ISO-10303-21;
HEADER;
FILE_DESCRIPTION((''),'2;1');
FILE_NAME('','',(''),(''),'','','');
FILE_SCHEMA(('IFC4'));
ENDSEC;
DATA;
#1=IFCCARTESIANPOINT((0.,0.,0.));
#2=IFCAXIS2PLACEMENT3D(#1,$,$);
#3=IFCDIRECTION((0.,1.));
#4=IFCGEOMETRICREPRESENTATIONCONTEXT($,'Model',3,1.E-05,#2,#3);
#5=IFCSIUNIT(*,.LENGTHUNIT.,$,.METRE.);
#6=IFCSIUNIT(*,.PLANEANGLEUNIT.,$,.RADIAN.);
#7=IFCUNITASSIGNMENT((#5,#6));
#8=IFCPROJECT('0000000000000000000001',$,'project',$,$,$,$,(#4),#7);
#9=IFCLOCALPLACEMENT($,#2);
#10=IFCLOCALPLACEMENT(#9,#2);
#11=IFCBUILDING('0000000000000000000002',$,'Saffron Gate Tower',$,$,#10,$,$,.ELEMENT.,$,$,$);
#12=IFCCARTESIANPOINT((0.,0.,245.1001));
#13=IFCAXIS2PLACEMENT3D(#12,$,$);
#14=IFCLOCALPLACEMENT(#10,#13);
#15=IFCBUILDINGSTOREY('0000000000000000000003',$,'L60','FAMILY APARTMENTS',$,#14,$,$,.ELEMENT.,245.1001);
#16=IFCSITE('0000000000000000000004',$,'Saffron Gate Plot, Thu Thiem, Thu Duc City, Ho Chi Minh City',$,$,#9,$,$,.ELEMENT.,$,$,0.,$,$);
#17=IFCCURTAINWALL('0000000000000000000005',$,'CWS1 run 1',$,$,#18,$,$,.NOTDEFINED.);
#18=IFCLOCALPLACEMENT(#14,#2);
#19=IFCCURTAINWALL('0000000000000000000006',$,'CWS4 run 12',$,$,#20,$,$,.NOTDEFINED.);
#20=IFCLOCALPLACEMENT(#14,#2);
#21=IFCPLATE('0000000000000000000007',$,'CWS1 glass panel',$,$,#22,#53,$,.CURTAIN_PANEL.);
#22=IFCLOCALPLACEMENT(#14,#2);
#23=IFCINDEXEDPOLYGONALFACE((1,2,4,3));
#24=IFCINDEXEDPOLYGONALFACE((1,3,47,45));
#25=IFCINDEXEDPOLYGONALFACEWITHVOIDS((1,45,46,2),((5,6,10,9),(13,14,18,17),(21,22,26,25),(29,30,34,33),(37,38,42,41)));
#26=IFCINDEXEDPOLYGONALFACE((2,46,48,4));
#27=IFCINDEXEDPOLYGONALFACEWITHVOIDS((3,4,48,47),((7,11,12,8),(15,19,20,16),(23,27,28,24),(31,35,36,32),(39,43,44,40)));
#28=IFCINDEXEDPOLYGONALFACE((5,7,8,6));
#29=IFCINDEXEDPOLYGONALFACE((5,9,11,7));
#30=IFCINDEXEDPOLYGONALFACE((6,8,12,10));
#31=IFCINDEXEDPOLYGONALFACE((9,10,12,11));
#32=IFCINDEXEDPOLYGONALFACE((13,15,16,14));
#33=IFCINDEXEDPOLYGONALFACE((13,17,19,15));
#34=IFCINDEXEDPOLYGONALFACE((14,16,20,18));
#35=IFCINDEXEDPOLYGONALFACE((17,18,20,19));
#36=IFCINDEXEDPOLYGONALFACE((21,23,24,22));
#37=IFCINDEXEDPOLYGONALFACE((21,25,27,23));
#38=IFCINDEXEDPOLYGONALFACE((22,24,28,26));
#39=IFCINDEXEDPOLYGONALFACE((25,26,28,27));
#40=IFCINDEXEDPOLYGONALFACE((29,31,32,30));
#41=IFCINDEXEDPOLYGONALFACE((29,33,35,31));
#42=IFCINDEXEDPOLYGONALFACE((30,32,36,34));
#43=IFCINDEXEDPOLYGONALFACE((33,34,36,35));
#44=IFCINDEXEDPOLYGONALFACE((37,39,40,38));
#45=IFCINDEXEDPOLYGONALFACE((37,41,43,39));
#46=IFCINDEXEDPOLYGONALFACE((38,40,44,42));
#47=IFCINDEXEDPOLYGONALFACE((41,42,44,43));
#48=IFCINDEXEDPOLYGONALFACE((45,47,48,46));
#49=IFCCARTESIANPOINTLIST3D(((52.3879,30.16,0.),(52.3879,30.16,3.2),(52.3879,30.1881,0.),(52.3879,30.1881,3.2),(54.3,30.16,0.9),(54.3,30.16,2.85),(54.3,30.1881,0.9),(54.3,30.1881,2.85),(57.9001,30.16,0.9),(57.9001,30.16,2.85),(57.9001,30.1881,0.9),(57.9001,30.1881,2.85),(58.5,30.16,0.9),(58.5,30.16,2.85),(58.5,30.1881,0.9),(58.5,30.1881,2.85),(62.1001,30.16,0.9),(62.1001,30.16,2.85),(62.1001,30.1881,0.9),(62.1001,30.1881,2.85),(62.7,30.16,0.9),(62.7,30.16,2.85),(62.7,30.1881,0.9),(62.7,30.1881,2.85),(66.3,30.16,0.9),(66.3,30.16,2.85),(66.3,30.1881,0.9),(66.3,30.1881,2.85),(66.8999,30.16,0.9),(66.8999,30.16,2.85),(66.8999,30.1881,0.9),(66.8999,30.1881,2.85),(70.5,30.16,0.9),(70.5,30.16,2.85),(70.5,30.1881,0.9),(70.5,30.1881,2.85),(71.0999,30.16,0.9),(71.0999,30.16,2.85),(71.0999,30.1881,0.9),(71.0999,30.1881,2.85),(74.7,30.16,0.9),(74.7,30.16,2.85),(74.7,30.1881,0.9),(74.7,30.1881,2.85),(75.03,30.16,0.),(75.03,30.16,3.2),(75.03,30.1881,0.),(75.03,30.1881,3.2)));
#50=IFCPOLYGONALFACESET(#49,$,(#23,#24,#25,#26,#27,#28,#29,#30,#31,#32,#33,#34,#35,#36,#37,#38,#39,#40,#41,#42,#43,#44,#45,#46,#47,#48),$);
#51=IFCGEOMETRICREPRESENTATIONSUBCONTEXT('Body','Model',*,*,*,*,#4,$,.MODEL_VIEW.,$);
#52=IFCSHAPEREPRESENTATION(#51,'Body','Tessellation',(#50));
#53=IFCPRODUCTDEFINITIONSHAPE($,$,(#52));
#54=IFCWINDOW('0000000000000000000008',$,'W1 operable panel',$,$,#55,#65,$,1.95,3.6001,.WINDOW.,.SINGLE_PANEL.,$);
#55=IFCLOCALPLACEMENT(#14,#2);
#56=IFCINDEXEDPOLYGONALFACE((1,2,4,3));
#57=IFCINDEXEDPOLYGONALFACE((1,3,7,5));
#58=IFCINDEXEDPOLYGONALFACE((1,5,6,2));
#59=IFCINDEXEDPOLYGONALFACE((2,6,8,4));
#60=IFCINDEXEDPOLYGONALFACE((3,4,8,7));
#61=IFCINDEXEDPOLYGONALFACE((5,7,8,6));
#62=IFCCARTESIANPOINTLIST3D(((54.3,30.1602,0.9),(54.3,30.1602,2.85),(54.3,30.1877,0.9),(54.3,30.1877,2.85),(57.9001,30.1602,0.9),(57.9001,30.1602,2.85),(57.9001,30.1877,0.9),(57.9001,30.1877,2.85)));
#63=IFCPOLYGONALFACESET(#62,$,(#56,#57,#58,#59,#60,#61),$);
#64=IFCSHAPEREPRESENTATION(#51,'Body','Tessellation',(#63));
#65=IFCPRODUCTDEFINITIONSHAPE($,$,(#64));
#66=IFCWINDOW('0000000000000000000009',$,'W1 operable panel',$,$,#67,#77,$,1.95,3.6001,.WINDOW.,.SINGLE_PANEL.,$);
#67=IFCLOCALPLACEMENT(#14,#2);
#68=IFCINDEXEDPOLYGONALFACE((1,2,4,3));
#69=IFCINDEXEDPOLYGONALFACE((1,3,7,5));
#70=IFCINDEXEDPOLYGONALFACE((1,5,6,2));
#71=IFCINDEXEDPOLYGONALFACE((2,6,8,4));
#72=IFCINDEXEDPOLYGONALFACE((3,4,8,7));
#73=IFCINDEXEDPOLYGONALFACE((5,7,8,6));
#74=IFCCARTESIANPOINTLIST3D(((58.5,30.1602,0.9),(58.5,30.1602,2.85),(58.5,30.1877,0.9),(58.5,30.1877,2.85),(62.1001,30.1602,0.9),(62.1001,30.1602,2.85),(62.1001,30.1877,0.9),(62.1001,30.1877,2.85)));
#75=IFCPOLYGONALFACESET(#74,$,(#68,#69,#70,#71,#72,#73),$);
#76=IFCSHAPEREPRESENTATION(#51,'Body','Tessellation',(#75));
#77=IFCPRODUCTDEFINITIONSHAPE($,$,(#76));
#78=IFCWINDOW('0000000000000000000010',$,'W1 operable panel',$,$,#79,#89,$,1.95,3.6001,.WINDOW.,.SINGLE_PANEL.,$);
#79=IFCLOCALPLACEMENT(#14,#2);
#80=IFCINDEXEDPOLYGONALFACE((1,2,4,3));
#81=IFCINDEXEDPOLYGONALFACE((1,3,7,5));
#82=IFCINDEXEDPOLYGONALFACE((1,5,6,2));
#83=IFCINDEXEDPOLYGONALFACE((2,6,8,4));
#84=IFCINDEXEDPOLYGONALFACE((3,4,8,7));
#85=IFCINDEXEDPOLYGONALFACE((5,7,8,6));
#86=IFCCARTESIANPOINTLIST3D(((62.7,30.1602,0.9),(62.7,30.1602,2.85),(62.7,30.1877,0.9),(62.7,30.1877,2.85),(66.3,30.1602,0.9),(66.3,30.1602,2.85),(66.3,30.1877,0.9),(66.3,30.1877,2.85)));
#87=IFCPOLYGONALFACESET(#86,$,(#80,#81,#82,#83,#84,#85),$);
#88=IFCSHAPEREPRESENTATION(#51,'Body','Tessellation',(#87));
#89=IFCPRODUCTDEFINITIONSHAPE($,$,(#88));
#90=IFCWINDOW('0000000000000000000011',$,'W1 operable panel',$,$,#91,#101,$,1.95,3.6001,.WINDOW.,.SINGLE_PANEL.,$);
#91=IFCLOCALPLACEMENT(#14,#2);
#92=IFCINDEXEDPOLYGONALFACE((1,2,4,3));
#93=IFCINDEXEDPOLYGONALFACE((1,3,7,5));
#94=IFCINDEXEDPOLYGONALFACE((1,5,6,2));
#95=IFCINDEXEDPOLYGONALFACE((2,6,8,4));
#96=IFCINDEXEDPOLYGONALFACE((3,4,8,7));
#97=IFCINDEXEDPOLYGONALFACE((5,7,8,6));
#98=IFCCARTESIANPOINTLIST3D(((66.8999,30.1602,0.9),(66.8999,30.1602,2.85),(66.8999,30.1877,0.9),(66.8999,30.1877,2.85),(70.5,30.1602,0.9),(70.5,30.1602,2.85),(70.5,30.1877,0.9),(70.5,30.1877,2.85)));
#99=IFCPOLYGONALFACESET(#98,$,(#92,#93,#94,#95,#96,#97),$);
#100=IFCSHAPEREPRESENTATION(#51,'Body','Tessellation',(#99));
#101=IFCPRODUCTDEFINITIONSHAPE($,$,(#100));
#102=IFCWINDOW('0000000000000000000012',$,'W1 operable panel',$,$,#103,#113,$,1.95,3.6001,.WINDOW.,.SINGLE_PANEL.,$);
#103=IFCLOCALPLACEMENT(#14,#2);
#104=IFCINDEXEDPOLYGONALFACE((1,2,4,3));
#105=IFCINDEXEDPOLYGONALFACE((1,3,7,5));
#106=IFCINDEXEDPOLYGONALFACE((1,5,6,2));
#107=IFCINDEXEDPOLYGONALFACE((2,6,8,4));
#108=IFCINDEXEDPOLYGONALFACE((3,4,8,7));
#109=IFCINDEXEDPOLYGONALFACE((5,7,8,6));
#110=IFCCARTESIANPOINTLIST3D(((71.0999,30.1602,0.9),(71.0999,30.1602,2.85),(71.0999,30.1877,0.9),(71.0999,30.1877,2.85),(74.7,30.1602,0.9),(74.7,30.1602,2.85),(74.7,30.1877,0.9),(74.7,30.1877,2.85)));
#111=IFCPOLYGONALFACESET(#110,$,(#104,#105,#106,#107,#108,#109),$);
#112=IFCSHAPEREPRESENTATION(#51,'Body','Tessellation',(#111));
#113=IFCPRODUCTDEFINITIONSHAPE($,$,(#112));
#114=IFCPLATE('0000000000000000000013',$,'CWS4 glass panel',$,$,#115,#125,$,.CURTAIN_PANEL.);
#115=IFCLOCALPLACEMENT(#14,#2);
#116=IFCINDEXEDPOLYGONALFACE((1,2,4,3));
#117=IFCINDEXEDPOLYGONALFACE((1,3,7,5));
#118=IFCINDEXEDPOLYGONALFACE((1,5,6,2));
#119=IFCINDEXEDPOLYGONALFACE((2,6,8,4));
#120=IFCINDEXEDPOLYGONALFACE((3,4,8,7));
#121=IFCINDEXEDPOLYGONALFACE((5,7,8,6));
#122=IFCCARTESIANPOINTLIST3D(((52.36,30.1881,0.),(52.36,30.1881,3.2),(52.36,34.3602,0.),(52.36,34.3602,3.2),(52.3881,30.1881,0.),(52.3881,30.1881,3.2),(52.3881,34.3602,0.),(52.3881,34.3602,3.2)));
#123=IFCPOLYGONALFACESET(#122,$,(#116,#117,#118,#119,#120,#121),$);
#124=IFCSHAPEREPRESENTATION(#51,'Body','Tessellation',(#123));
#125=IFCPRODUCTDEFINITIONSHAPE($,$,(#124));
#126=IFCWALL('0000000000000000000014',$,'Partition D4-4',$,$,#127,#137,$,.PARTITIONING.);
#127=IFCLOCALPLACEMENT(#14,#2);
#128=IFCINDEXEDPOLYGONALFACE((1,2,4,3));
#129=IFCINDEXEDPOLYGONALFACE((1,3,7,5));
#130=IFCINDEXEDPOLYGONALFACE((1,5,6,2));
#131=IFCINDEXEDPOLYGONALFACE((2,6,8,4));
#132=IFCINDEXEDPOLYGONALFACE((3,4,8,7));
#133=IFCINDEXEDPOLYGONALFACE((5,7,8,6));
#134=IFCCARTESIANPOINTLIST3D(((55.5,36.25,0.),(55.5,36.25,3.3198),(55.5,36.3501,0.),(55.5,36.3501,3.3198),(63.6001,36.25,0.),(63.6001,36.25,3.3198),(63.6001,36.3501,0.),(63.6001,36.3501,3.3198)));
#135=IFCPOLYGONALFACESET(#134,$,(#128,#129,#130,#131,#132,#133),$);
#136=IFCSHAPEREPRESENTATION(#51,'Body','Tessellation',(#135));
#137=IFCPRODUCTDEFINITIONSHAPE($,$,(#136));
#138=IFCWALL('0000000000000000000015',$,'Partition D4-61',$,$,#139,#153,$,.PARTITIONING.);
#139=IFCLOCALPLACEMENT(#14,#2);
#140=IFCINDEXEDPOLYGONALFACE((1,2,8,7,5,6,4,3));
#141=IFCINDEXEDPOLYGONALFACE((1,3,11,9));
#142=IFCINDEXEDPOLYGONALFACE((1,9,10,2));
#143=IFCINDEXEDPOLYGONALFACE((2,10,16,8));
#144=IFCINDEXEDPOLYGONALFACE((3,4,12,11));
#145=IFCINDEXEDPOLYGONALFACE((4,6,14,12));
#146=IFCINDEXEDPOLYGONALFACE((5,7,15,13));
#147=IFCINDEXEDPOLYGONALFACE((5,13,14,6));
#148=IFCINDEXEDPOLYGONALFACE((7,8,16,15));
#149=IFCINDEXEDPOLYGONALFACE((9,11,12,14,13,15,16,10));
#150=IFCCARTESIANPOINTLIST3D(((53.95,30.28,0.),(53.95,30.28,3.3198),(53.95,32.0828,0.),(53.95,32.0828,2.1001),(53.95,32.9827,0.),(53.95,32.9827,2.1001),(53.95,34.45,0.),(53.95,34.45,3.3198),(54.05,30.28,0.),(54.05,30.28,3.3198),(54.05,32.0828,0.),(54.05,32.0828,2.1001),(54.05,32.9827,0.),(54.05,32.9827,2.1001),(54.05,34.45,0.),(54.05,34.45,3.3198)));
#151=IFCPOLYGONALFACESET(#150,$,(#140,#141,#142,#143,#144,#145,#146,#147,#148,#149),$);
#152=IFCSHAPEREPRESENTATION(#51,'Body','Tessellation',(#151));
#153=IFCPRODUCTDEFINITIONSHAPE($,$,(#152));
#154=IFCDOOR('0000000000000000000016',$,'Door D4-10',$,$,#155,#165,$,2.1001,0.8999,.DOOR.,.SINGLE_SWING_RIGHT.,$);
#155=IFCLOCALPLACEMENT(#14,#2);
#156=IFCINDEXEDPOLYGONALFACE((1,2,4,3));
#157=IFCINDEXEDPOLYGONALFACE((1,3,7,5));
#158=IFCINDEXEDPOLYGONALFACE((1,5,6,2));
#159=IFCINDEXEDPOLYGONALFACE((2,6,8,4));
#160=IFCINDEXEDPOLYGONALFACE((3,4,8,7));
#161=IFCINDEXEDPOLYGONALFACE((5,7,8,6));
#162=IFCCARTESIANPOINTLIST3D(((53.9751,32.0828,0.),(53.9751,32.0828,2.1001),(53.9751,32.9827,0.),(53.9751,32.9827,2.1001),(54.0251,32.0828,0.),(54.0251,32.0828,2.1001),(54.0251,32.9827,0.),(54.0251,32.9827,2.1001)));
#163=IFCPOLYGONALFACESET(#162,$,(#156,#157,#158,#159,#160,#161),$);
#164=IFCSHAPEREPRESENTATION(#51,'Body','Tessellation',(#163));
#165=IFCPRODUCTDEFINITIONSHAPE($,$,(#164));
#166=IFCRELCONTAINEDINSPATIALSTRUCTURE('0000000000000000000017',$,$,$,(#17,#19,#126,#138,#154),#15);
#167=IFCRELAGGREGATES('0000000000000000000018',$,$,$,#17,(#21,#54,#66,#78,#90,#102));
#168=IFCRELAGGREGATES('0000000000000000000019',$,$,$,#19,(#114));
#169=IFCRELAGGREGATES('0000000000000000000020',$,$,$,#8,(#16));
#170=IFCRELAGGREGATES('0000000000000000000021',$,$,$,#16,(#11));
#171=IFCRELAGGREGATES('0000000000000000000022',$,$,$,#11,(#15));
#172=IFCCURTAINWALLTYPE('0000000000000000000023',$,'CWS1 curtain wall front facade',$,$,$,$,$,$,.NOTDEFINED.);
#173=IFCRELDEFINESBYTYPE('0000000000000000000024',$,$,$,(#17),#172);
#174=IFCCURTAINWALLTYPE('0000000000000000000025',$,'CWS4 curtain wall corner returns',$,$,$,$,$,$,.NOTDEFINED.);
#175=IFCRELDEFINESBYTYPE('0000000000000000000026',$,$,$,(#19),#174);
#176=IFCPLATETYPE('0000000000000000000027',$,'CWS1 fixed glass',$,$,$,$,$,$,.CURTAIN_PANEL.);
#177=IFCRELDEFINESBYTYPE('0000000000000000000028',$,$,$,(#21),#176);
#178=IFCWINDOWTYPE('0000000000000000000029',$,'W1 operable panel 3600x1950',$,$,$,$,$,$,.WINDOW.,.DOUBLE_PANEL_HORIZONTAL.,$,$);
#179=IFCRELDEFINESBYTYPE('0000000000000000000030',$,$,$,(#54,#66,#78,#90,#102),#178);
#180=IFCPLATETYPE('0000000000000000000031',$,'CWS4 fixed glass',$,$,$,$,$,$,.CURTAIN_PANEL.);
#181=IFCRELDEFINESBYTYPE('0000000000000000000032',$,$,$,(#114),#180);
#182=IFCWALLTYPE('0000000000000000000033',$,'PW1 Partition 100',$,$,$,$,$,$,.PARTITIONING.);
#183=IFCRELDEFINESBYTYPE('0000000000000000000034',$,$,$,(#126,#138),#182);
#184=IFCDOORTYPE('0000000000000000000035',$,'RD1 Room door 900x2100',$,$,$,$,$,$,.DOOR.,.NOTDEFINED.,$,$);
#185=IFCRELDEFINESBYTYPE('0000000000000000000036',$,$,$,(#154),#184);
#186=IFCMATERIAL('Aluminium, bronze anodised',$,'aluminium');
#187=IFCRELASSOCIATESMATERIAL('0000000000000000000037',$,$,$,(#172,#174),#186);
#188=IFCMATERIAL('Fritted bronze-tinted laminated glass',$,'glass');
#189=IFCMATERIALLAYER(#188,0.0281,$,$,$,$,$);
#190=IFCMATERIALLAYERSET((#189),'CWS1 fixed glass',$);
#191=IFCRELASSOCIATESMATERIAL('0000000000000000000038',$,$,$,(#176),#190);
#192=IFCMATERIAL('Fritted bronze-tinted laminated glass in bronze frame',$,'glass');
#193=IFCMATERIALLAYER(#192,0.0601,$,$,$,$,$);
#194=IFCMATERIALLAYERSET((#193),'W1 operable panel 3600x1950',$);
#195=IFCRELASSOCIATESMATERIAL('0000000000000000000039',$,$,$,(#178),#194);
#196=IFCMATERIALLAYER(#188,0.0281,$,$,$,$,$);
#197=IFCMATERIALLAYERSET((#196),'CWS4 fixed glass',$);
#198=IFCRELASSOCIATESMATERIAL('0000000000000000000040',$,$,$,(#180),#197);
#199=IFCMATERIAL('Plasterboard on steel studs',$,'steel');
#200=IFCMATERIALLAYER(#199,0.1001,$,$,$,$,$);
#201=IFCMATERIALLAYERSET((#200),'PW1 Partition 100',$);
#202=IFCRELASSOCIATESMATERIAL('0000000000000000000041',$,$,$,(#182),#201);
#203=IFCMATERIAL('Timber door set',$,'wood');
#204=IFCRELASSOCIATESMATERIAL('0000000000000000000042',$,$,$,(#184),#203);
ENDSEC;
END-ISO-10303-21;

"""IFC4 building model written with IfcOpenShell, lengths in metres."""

from ifc_helpers import new_model, si_unit, direction, frame, frame_2d, origin, place, context, subcontext, project, spatial, rectangle, extrude, material, layer, layer_set, type_object, element, fill, aggregate, save


model = new_model("IFC4")

# Units and contexts
model_context = context("Model", 3, precision=1e-05, world=origin(), true_north=direction((0.0, 1.0)))
body_context = subcontext(model_context, "Body", "Model", "MODEL_VIEW")
ifc_project = project(units=[si_unit("LENGTHUNIT", "METRE"), si_unit("PLANEANGLEUNIT", "RADIAN")], contexts=[model_context])

# Site, building, storey
site_placement = place(None, origin())
site = spatial("IfcSite", under=ifc_project, at=site_placement, Name="Saffron Gate Plot, Thu Thiem, Thu Duc City, Ho Chi Minh City", CompositionType="ELEMENT", RefElevation=0.0)
building_placement = place(site_placement, origin())
building = spatial("IfcBuilding", under=site, at=building_placement, Name="Saffron Gate Tower", CompositionType="ELEMENT")
storey_placement = place(building_placement, frame((0.0, 0.0, 245.1001)))
storey = spatial("IfcBuildingStorey", under=building, at=storey_placement, Name="L60", Description="FAMILY APARTMENTS", CompositionType="ELEMENT", Elevation=245.1001)

# Curtain wall
ifc_material_1 = material(Name="Aluminium, bronze anodised", Category="aluminium")
curtain_wall_type_1 = type_object("IfcCurtainWallType", Name="CWS1 curtain wall front facade", PredefinedType="NOTDEFINED", material=ifc_material_1)
curtain_wall_1_placement = place(storey_placement, origin())
curtain_wall_1 = element("IfcCurtainWall", 1, at=curtain_wall_1_placement, inside=storey, type_object=curtain_wall_type_1, Name="CWS1 run 1", PredefinedType="NOTDEFINED")

# Curtain wall
curtain_wall_type_2 = type_object("IfcCurtainWallType", Name="CWS4 curtain wall corner returns", PredefinedType="NOTDEFINED", material=ifc_material_1)
curtain_wall_2_placement = place(storey_placement, origin())
curtain_wall_2 = element("IfcCurtainWall", 2, at=curtain_wall_2_placement, inside=storey, type_object=curtain_wall_type_2, Name="CWS4 run 12", PredefinedType="NOTDEFINED")

# Plate, openings, windows
ifc_material_2 = material(Name="Fritted bronze-tinted laminated glass", Category="glass")
ifc_layer_1 = layer(ifc_material_2, 0.0281)
ifc_layer_set_1 = layer_set([ifc_layer_1], Name="CWS1 fixed glass")
plate_type_1 = type_object("IfcPlateType", Name="CWS1 fixed glass", PredefinedType="CURTAIN_PANEL", material=ifc_layer_set_1)
plate_1_placement = place(storey_placement, frame((52.3879, 30.1741, 0.0), z_axis=(0.0, 0.0, 1.0), x_axis=(1.0, 0.0, 0.0)))
plate_1 = element("IfcPlate", 3, at=plate_1_placement, type_object=plate_type_1, Name="CWS1 glass panel", PredefinedType="CURTAIN_PANEL", context=body_context, shape_type="SweptSolid", body=[
    extrude(rectangle(XDim=22.6421, YDim=0.0281, at=frame_2d((11.321, 0.0))), origin(), (0.0, 0.0, 1.0), 3.2),
])
opening_1_placement = place(plate_1_placement, frame((1.9121, 0.0, 0.8999)))
opening_1 = element("IfcOpeningElement", 4, at=opening_1_placement, cuts=plate_1, PredefinedType="OPENING", context=body_context, shape_type="SweptSolid", body=[
    extrude(rectangle(XDim=3.6001, YDim=1.95, at=frame_2d((1.8, 0.9751))), frame((0.0, 0.0239, 0.0), z_axis=(0.0, -1.0, 0.0), x_axis=(1.0, 0.0, 0.0)), (0.0, 0.0, 1.0), 0.0481),
])
opening_2_placement = place(plate_1_placement, frame((6.1121, 0.0, 0.8999)))
opening_2 = element("IfcOpeningElement", 5, at=opening_2_placement, cuts=plate_1, PredefinedType="OPENING", context=body_context, shape_type="SweptSolid", body=[
    extrude(rectangle(XDim=3.6001, YDim=1.95, at=frame_2d((1.8, 0.9751))), frame((0.0, 0.0239, 0.0), z_axis=(0.0, -1.0, 0.0), x_axis=(1.0, 0.0, 0.0)), (0.0, 0.0, 1.0), 0.0481),
])
opening_3_placement = place(plate_1_placement, frame((10.312, 0.0, 0.8999)))
opening_3 = element("IfcOpeningElement", 6, at=opening_3_placement, cuts=plate_1, PredefinedType="OPENING", context=body_context, shape_type="SweptSolid", body=[
    extrude(rectangle(XDim=3.6001, YDim=1.95, at=frame_2d((1.8, 0.9751))), frame((0.0, 0.0239, 0.0), z_axis=(0.0, -1.0, 0.0), x_axis=(1.0, 0.0, 0.0)), (0.0, 0.0, 1.0), 0.0481),
])
opening_4_placement = place(plate_1_placement, frame((14.512, 0.0, 0.8999)))
opening_4 = element("IfcOpeningElement", 7, at=opening_4_placement, cuts=plate_1, PredefinedType="OPENING", context=body_context, shape_type="SweptSolid", body=[
    extrude(rectangle(XDim=3.6001, YDim=1.95, at=frame_2d((1.8, 0.9751))), frame((0.0, 0.0239, 0.0), z_axis=(0.0, -1.0, 0.0), x_axis=(1.0, 0.0, 0.0)), (0.0, 0.0, 1.0), 0.0481),
])
opening_5_placement = place(plate_1_placement, frame((18.7119, 0.0, 0.8999)))
opening_5 = element("IfcOpeningElement", 8, at=opening_5_placement, cuts=plate_1, PredefinedType="OPENING", context=body_context, shape_type="SweptSolid", body=[
    extrude(rectangle(XDim=3.6001, YDim=1.95, at=frame_2d((1.8, 0.9751))), frame((0.0, 0.0239, 0.0), z_axis=(0.0, -1.0, 0.0), x_axis=(1.0, 0.0, 0.0)), (0.0, 0.0, 1.0), 0.0481),
])
ifc_material_3 = material(Name="Fritted bronze-tinted laminated glass in bronze frame", Category="glass")
ifc_layer_2 = layer(ifc_material_3, 0.0601)
ifc_layer_set_2 = layer_set([ifc_layer_2], Name="W1 operable panel 3600x1950")
window_type = type_object("IfcWindowType", Name="W1 operable panel 3600x1950", PartitioningType="DOUBLE_PANEL_HORIZONTAL", PredefinedType="WINDOW", material=ifc_layer_set_2)
window_1_placement = place(opening_1_placement, origin())
window_1 = element("IfcWindow", 9, at=window_1_placement, type_object=window_type, Name="W1 operable panel", OverallHeight=1.95, OverallWidth=3.6001, PartitioningType="SINGLE_PANEL", PredefinedType="WINDOW", context=body_context, shape_type="SweptSolid", body=[
    extrude(rectangle(XDim=3.6001, YDim=1.95, at=frame_2d((1.8, 0.9751))), frame((0.0, 0.0137, 0.0), z_axis=(0.0, -1.0, 0.0), x_axis=(1.0, 0.0, 0.0)), (0.0, 0.0, 1.0), 0.0276),
])
fill(opening_1, window_1)
window_2_placement = place(opening_2_placement, origin())
window_2 = element("IfcWindow", 10, at=window_2_placement, type_object=window_type, Name="W1 operable panel", OverallHeight=1.95, OverallWidth=3.6001, PartitioningType="SINGLE_PANEL", PredefinedType="WINDOW", context=body_context, shape_type="SweptSolid", body=[
    extrude(rectangle(XDim=3.6001, YDim=1.95, at=frame_2d((1.8, 0.9751))), frame((0.0, 0.0137, 0.0), z_axis=(0.0, -1.0, 0.0), x_axis=(1.0, 0.0, 0.0)), (0.0, 0.0, 1.0), 0.0276),
])
fill(opening_2, window_2)
window_3_placement = place(opening_3_placement, origin())
window_3 = element("IfcWindow", 11, at=window_3_placement, type_object=window_type, Name="W1 operable panel", OverallHeight=1.95, OverallWidth=3.6001, PartitioningType="SINGLE_PANEL", PredefinedType="WINDOW", context=body_context, shape_type="SweptSolid", body=[
    extrude(rectangle(XDim=3.6001, YDim=1.95, at=frame_2d((1.8, 0.9751))), frame((0.0, 0.0137, 0.0), z_axis=(0.0, -1.0, 0.0), x_axis=(1.0, 0.0, 0.0)), (0.0, 0.0, 1.0), 0.0276),
])
fill(opening_3, window_3)
window_4_placement = place(opening_4_placement, origin())
window_4 = element("IfcWindow", 12, at=window_4_placement, type_object=window_type, Name="W1 operable panel", OverallHeight=1.95, OverallWidth=3.6001, PartitioningType="SINGLE_PANEL", PredefinedType="WINDOW", context=body_context, shape_type="SweptSolid", body=[
    extrude(rectangle(XDim=3.6001, YDim=1.95, at=frame_2d((1.8, 0.9751))), frame((0.0, 0.0137, 0.0), z_axis=(0.0, -1.0, 0.0), x_axis=(1.0, 0.0, 0.0)), (0.0, 0.0, 1.0), 0.0276),
])
fill(opening_4, window_4)
window_5_placement = place(opening_5_placement, origin())
window_5 = element("IfcWindow", 13, at=window_5_placement, type_object=window_type, Name="W1 operable panel", OverallHeight=1.95, OverallWidth=3.6001, PartitioningType="SINGLE_PANEL", PredefinedType="WINDOW", context=body_context, shape_type="SweptSolid", body=[
    extrude(rectangle(XDim=3.6001, YDim=1.95, at=frame_2d((1.8, 0.9751))), frame((0.0, 0.0137, 0.0), z_axis=(0.0, -1.0, 0.0), x_axis=(1.0, 0.0, 0.0)), (0.0, 0.0, 1.0), 0.0276),
])
fill(opening_5, window_5)
aggregate(curtain_wall_1, [plate_1, window_1, window_2, window_3, window_4, window_5])

# Plate
ifc_layer_3 = layer(ifc_material_2, 0.0281)
ifc_layer_set_3 = layer_set([ifc_layer_3], Name="CWS4 fixed glass")
plate_type_2 = type_object("IfcPlateType", Name="CWS4 fixed glass", PredefinedType="CURTAIN_PANEL", material=ifc_layer_set_3)
plate_2_placement = place(storey_placement, frame((52.374, 34.3601, 0.0), z_axis=(0.0, 0.0, 1.0), x_axis=(0.0, -1.0, 0.0)))
plate_2 = element("IfcPlate", 14, at=plate_2_placement, type_object=plate_type_2, Name="CWS4 glass panel", PredefinedType="CURTAIN_PANEL", context=body_context, shape_type="SweptSolid", body=[
    extrude(rectangle(XDim=4.1721, YDim=0.0281, at=frame_2d((2.0859, 0.0))), origin(), (0.0, 0.0, 1.0), 3.2),
])
aggregate(curtain_wall_2, [plate_2])

# Wall
ifc_material_4 = material(Name="Plasterboard on steel studs", Category="steel")
ifc_layer_4 = layer(ifc_material_4, 0.1001)
ifc_layer_set_4 = layer_set([ifc_layer_4], Name="PW1 Partition 100")
wall_type = type_object("IfcWallType", Name="PW1 Partition 100", PredefinedType="PARTITIONING", material=ifc_layer_set_4)
wall_1_placement = place(storey_placement, frame((55.5, 36.3, 0.0), z_axis=(0.0, 0.0, 1.0), x_axis=(1.0, 0.0, 0.0)))
element("IfcWall", 15, at=wall_1_placement, inside=storey, type_object=wall_type, Name="Partition D4-4", PredefinedType="PARTITIONING", context=body_context, shape_type="SweptSolid", body=[
    extrude(rectangle(XDim=8.1001, YDim=0.1001, at=frame_2d((4.05, 0.0))), origin(), (0.0, 0.0, 1.0), 3.3198),
])

# Wall, opening, door
wall_2_placement = place(storey_placement, frame((54.0, 30.28, 0.0), z_axis=(0.0, 0.0, 1.0), x_axis=(0.0, 1.0, 0.0)))
wall_2 = element("IfcWall", 16, at=wall_2_placement, inside=storey, type_object=wall_type, Name="Partition D4-61", PredefinedType="PARTITIONING", context=body_context, shape_type="SweptSolid", body=[
    extrude(rectangle(XDim=4.1699, YDim=0.1001, at=frame_2d((2.085, 0.0))), origin(), (0.0, 0.0, 1.0), 3.3198),
])
opening_6_placement = place(wall_2_placement, frame((1.8027, 0.0, 0.0)))
opening_6 = element("IfcOpeningElement", 17, at=opening_6_placement, cuts=wall_2, PredefinedType="OPENING", context=body_context, shape_type="SweptSolid", body=[
    extrude(rectangle(XDim=0.8999, YDim=2.1001, at=frame_2d((0.45, 1.05))), frame((0.0, 0.0601, 0.0), z_axis=(0.0, -1.0, 0.0), x_axis=(1.0, 0.0, 0.0)), (0.0, 0.0, 1.0), 0.1201),
])
ifc_material_5 = material(Name="Timber door set", Category="wood")
door_type = type_object("IfcDoorType", Name="RD1 Room door 900x2100", OperationType="NOTDEFINED", PredefinedType="DOOR", material=ifc_material_5)
door_placement = place(opening_6_placement, origin())
door = element("IfcDoor", 18, at=door_placement, inside=storey, type_object=door_type, Name="Door D4-10", OperationType="SINGLE_SWING_RIGHT", OverallHeight=2.1001, OverallWidth=0.8999, PredefinedType="DOOR", context=body_context, shape_type="SweptSolid", body=[
    extrude(rectangle(XDim=0.8999, YDim=2.1001, at=frame_2d((0.45, 1.05))), frame((0.0, 0.0249, 0.0), z_axis=(0.0, -1.0, 0.0), x_axis=(1.0, 0.0, 0.0)), (0.0, 0.0, 1.0), 0.05),
])
fill(opening_6, door)

save(model, "model.ifc")
